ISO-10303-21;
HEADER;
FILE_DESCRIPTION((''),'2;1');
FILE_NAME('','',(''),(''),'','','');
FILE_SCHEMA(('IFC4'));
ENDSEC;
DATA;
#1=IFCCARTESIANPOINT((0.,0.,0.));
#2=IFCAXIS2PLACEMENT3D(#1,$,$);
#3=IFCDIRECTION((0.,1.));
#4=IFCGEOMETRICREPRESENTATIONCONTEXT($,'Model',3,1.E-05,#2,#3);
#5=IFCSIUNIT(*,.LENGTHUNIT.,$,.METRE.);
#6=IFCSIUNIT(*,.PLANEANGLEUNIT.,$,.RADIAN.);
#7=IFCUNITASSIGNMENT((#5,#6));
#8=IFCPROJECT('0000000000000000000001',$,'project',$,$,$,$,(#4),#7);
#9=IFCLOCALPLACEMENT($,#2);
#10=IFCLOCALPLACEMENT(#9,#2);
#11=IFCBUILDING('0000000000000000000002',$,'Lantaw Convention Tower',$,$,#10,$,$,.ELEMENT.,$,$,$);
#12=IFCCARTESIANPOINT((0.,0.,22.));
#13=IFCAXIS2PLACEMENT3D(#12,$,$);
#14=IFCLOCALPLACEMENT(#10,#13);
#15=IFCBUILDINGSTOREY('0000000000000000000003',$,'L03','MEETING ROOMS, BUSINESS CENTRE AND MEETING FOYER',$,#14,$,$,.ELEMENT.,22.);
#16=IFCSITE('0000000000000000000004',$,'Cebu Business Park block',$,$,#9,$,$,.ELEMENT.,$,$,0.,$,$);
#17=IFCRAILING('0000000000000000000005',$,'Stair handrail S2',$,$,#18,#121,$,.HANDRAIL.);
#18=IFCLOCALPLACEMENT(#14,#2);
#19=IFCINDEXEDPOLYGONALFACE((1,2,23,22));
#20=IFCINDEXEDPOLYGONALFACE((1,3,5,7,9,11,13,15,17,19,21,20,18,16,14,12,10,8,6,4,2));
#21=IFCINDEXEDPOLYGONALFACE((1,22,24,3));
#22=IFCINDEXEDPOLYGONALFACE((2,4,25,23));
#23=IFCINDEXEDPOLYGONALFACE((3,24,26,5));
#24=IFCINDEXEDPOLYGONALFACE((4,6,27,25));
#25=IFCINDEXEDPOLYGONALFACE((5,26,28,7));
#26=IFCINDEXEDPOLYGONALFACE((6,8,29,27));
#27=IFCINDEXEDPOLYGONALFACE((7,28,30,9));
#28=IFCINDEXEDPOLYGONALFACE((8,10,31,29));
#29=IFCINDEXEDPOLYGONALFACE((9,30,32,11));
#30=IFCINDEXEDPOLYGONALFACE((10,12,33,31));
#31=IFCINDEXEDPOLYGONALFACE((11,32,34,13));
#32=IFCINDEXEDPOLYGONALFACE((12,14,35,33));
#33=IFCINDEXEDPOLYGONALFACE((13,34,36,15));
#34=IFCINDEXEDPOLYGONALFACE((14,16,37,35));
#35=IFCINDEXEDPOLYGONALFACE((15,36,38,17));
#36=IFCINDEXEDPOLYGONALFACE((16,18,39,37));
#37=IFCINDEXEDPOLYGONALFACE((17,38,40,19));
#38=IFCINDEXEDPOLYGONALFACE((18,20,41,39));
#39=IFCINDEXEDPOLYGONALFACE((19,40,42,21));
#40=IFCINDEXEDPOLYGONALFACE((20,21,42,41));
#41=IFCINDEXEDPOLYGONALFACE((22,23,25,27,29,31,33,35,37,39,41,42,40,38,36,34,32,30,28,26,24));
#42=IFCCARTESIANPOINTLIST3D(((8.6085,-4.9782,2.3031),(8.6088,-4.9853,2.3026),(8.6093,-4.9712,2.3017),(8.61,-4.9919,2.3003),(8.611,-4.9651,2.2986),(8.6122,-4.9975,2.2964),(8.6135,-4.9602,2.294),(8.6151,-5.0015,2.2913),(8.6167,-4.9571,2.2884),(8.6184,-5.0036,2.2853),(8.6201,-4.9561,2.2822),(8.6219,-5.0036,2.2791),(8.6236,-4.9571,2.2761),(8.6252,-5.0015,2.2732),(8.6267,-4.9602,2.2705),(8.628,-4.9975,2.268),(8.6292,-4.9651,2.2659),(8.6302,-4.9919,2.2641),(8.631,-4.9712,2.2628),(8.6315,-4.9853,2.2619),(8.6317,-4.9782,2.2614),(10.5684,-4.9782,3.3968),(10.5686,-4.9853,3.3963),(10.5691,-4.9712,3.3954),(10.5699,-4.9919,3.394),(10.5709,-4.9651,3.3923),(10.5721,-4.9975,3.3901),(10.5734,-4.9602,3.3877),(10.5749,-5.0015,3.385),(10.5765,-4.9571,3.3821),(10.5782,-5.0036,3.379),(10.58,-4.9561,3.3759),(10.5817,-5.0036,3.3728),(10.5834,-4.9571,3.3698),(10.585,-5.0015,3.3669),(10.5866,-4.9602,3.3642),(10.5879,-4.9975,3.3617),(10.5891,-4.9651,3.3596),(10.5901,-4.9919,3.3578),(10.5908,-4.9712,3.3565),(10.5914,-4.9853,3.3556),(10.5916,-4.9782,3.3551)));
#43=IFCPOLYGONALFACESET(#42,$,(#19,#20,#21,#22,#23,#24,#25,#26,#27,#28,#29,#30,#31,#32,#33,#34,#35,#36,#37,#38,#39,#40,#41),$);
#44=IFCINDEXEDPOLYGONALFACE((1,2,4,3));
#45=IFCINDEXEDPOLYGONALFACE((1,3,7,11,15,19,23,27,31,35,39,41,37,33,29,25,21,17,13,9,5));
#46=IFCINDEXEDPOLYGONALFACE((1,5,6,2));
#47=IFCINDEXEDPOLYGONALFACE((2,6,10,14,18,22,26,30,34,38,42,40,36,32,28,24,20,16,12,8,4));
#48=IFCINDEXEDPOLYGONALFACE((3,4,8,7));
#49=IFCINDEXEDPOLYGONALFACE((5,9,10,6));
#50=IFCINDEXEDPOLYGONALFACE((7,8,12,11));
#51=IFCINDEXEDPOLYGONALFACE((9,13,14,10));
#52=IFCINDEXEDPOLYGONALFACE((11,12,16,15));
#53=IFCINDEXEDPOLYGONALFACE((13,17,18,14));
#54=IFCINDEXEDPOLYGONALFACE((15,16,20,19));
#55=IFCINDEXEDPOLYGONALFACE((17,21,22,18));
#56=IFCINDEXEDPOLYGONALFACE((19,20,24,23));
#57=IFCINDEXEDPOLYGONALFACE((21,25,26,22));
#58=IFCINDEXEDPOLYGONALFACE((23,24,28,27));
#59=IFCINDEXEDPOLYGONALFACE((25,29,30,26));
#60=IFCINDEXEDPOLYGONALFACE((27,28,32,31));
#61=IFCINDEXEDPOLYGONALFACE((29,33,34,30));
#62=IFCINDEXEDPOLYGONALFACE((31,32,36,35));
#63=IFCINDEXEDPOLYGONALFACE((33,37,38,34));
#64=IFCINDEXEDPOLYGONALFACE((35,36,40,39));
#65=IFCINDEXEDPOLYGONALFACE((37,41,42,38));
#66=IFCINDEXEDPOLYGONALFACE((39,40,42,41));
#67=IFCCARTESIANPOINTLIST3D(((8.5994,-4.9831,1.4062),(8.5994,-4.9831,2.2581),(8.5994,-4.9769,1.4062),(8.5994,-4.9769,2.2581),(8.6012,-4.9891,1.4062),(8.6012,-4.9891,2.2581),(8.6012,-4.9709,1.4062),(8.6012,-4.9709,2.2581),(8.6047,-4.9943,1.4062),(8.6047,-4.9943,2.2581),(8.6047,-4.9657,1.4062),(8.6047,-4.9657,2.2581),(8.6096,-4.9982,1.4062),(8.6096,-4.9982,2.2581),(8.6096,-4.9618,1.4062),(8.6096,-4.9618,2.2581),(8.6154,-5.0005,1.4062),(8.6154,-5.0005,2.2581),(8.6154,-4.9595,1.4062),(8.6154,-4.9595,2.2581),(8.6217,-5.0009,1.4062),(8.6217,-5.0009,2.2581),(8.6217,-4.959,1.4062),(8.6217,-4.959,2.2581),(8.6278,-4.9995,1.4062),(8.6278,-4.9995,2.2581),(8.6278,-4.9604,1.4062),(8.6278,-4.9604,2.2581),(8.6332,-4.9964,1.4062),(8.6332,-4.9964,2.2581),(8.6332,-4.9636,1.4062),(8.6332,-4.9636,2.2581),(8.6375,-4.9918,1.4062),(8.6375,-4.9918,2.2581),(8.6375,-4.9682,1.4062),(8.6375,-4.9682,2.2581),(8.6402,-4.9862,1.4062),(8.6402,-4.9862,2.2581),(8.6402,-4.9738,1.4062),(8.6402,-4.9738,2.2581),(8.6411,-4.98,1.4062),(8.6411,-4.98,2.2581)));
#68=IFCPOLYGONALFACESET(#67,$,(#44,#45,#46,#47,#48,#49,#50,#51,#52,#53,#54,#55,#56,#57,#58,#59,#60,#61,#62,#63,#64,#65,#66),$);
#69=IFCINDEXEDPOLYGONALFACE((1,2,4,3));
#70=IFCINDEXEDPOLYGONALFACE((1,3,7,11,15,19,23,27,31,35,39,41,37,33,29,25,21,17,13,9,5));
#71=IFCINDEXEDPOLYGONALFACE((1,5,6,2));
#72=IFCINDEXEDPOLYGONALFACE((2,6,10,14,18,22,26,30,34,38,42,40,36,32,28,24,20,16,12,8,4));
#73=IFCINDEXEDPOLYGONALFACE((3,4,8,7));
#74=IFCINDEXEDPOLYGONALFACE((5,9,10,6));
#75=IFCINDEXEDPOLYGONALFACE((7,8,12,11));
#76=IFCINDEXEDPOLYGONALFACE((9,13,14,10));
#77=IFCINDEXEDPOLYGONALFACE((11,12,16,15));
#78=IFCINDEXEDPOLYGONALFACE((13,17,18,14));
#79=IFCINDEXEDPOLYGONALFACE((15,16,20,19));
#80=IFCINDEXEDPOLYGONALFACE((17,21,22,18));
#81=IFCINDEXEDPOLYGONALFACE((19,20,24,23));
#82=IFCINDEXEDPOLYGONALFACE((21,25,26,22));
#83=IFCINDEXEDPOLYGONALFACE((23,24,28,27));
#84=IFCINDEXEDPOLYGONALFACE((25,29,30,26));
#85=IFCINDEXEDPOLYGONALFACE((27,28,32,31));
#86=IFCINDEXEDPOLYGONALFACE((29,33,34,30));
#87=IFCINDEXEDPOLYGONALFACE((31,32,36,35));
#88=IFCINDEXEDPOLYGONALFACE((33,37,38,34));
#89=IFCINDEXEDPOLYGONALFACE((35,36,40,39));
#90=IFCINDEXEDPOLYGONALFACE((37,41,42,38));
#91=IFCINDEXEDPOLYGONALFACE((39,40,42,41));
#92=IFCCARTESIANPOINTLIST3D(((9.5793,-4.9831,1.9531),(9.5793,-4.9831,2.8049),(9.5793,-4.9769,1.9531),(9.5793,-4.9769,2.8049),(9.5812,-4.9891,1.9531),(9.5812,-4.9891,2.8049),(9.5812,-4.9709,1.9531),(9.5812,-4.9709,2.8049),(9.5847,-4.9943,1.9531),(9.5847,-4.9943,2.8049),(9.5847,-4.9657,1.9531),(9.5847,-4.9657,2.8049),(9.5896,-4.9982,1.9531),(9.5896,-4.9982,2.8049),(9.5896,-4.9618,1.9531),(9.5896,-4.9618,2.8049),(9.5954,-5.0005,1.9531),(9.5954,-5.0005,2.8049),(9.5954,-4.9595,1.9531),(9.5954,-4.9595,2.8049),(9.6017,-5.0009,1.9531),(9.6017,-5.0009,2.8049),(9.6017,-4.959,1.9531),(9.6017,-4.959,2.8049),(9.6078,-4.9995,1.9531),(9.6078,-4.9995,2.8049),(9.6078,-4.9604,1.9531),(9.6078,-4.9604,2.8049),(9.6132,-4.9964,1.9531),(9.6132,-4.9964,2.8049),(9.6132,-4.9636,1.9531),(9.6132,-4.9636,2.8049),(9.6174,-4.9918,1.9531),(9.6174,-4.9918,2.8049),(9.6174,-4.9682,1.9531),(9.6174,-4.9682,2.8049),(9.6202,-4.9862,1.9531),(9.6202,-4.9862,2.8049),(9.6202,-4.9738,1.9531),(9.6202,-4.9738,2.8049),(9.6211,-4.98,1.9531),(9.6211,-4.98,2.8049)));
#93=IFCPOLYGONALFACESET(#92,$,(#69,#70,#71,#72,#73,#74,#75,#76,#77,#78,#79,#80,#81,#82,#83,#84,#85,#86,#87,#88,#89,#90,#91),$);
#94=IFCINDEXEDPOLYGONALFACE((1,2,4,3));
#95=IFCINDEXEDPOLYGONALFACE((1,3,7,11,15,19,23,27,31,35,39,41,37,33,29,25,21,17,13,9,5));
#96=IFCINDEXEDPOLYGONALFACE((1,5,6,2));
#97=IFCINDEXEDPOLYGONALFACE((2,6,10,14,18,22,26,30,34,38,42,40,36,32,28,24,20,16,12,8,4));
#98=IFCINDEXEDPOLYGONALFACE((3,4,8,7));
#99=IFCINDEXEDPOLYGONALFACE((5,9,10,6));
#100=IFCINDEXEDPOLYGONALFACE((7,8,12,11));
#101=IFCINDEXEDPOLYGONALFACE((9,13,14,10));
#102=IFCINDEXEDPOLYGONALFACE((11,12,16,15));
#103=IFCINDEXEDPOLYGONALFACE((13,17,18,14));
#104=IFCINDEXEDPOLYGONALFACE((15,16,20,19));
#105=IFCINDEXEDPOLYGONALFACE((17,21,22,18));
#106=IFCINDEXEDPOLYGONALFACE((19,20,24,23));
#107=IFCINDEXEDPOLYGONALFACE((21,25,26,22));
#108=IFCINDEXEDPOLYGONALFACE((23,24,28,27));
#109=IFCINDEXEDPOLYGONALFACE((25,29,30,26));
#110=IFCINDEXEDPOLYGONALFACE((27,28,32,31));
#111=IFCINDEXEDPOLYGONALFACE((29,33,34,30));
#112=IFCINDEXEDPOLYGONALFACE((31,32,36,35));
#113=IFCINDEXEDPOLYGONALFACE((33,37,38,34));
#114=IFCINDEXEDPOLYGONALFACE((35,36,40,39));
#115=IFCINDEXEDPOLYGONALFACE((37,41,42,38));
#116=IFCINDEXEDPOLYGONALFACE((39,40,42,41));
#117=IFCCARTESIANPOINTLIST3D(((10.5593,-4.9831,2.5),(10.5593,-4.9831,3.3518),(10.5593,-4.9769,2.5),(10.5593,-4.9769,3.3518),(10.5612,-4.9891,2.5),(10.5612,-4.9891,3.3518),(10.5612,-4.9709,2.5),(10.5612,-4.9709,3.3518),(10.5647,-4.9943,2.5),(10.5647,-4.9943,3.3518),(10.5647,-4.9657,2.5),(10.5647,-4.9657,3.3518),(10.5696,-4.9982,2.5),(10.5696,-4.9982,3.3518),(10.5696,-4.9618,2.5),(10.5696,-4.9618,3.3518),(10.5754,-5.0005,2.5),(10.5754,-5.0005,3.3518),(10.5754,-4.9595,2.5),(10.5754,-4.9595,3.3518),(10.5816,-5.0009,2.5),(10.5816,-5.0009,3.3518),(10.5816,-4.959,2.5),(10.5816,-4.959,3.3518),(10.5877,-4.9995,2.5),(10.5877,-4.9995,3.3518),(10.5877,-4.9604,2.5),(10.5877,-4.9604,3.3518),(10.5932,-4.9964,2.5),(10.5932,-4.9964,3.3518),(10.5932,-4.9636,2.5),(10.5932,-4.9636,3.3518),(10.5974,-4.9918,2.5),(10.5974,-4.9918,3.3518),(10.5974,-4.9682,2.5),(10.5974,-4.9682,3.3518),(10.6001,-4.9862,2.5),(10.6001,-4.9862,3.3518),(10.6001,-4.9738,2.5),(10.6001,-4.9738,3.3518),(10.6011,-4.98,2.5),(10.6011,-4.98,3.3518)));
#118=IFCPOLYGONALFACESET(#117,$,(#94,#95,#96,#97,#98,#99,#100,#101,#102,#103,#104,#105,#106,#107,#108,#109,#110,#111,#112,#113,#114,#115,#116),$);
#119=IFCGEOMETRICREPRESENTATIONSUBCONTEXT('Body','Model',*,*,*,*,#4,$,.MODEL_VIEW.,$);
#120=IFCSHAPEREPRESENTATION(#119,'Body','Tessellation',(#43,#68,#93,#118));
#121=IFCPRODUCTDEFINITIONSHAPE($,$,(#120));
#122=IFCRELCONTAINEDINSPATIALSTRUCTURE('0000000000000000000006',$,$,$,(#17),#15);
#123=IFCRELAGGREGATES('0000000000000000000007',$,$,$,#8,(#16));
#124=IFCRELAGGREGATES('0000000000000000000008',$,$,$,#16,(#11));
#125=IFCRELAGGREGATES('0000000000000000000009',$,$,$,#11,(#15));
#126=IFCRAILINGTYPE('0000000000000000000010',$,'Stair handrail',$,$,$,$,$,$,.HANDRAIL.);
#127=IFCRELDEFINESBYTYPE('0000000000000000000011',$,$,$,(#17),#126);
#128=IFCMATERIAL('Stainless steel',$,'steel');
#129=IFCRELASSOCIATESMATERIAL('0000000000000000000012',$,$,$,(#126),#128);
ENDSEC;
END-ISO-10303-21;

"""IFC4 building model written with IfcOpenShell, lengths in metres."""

from ifc_helpers import new_model, si_unit, direction, frame, origin, origin_2d, place, context, subcontext, project, spatial, circle, extrude, material, type_object, element, save


model = new_model("IFC4")

# Units and contexts
model_context = context("Model", 3, precision=1e-05, world=origin(), true_north=direction((0.0, 1.0)))
body_context = subcontext(model_context, "Body", "Model", "MODEL_VIEW")
ifc_project = project(units=[si_unit("LENGTHUNIT", "METRE"), si_unit("PLANEANGLEUNIT", "RADIAN")], contexts=[model_context])

# Site, building, storey
site_placement = place(None, origin())
site = spatial("IfcSite", under=ifc_project, at=site_placement, Name="Cebu Business Park block", CompositionType="ELEMENT", RefElevation=0.0)
building_placement = place(site_placement, origin())
building = spatial("IfcBuilding", under=site, at=building_placement, Name="Lantaw Convention Tower", CompositionType="ELEMENT")
storey_placement = place(building_placement, frame((0.0, 0.0, 22.0)))
storey = spatial("IfcBuildingStorey", under=building, at=storey_placement, Name="L03", Description="MEETING ROOMS, BUSINESS CENTRE AND MEETING FOYER", CompositionType="ELEMENT", Elevation=22.0)

# Railing
ifc_material_1 = material(Name="Stainless steel", Category="steel")
railing_type = type_object("IfcRailingType", Name="Stair handrail", PredefinedType="HANDRAIL", material=ifc_material_1)
railing_1_placement = place(storey_placement, frame((8.6201, -4.98, 1.4062)))
element("IfcRailing", 1, at=railing_1_placement, inside=storey, type_object=railing_type, Name="Stair handrail S2", PredefinedType="HANDRAIL", context=body_context, shape_type="SweptSolid", body=[
    extrude(circle(Radius=0.0239, at=origin_2d()), frame((0.0, 0.0, 0.876), z_axis=(0.873232, 0.0, 0.487304), x_axis=(0.0, 1.0, 0.0)), (0.0, 0.0, 1.0), 2.2444),
    extrude(circle(Radius=0.021, at=origin_2d()), origin(), (0.0, 0.0, 1.0), 0.8518),
    extrude(circle(Radius=0.021, at=origin_2d()), frame((0.98, 0.0, 0.5469)), (0.0, 0.0, 1.0), 0.8518),
    extrude(circle(Radius=0.021, at=origin_2d()), frame((1.96, 0.0, 1.0938)), (0.0, 0.0, 1.0), 0.8518),
])

save(model, "model.ifc")
